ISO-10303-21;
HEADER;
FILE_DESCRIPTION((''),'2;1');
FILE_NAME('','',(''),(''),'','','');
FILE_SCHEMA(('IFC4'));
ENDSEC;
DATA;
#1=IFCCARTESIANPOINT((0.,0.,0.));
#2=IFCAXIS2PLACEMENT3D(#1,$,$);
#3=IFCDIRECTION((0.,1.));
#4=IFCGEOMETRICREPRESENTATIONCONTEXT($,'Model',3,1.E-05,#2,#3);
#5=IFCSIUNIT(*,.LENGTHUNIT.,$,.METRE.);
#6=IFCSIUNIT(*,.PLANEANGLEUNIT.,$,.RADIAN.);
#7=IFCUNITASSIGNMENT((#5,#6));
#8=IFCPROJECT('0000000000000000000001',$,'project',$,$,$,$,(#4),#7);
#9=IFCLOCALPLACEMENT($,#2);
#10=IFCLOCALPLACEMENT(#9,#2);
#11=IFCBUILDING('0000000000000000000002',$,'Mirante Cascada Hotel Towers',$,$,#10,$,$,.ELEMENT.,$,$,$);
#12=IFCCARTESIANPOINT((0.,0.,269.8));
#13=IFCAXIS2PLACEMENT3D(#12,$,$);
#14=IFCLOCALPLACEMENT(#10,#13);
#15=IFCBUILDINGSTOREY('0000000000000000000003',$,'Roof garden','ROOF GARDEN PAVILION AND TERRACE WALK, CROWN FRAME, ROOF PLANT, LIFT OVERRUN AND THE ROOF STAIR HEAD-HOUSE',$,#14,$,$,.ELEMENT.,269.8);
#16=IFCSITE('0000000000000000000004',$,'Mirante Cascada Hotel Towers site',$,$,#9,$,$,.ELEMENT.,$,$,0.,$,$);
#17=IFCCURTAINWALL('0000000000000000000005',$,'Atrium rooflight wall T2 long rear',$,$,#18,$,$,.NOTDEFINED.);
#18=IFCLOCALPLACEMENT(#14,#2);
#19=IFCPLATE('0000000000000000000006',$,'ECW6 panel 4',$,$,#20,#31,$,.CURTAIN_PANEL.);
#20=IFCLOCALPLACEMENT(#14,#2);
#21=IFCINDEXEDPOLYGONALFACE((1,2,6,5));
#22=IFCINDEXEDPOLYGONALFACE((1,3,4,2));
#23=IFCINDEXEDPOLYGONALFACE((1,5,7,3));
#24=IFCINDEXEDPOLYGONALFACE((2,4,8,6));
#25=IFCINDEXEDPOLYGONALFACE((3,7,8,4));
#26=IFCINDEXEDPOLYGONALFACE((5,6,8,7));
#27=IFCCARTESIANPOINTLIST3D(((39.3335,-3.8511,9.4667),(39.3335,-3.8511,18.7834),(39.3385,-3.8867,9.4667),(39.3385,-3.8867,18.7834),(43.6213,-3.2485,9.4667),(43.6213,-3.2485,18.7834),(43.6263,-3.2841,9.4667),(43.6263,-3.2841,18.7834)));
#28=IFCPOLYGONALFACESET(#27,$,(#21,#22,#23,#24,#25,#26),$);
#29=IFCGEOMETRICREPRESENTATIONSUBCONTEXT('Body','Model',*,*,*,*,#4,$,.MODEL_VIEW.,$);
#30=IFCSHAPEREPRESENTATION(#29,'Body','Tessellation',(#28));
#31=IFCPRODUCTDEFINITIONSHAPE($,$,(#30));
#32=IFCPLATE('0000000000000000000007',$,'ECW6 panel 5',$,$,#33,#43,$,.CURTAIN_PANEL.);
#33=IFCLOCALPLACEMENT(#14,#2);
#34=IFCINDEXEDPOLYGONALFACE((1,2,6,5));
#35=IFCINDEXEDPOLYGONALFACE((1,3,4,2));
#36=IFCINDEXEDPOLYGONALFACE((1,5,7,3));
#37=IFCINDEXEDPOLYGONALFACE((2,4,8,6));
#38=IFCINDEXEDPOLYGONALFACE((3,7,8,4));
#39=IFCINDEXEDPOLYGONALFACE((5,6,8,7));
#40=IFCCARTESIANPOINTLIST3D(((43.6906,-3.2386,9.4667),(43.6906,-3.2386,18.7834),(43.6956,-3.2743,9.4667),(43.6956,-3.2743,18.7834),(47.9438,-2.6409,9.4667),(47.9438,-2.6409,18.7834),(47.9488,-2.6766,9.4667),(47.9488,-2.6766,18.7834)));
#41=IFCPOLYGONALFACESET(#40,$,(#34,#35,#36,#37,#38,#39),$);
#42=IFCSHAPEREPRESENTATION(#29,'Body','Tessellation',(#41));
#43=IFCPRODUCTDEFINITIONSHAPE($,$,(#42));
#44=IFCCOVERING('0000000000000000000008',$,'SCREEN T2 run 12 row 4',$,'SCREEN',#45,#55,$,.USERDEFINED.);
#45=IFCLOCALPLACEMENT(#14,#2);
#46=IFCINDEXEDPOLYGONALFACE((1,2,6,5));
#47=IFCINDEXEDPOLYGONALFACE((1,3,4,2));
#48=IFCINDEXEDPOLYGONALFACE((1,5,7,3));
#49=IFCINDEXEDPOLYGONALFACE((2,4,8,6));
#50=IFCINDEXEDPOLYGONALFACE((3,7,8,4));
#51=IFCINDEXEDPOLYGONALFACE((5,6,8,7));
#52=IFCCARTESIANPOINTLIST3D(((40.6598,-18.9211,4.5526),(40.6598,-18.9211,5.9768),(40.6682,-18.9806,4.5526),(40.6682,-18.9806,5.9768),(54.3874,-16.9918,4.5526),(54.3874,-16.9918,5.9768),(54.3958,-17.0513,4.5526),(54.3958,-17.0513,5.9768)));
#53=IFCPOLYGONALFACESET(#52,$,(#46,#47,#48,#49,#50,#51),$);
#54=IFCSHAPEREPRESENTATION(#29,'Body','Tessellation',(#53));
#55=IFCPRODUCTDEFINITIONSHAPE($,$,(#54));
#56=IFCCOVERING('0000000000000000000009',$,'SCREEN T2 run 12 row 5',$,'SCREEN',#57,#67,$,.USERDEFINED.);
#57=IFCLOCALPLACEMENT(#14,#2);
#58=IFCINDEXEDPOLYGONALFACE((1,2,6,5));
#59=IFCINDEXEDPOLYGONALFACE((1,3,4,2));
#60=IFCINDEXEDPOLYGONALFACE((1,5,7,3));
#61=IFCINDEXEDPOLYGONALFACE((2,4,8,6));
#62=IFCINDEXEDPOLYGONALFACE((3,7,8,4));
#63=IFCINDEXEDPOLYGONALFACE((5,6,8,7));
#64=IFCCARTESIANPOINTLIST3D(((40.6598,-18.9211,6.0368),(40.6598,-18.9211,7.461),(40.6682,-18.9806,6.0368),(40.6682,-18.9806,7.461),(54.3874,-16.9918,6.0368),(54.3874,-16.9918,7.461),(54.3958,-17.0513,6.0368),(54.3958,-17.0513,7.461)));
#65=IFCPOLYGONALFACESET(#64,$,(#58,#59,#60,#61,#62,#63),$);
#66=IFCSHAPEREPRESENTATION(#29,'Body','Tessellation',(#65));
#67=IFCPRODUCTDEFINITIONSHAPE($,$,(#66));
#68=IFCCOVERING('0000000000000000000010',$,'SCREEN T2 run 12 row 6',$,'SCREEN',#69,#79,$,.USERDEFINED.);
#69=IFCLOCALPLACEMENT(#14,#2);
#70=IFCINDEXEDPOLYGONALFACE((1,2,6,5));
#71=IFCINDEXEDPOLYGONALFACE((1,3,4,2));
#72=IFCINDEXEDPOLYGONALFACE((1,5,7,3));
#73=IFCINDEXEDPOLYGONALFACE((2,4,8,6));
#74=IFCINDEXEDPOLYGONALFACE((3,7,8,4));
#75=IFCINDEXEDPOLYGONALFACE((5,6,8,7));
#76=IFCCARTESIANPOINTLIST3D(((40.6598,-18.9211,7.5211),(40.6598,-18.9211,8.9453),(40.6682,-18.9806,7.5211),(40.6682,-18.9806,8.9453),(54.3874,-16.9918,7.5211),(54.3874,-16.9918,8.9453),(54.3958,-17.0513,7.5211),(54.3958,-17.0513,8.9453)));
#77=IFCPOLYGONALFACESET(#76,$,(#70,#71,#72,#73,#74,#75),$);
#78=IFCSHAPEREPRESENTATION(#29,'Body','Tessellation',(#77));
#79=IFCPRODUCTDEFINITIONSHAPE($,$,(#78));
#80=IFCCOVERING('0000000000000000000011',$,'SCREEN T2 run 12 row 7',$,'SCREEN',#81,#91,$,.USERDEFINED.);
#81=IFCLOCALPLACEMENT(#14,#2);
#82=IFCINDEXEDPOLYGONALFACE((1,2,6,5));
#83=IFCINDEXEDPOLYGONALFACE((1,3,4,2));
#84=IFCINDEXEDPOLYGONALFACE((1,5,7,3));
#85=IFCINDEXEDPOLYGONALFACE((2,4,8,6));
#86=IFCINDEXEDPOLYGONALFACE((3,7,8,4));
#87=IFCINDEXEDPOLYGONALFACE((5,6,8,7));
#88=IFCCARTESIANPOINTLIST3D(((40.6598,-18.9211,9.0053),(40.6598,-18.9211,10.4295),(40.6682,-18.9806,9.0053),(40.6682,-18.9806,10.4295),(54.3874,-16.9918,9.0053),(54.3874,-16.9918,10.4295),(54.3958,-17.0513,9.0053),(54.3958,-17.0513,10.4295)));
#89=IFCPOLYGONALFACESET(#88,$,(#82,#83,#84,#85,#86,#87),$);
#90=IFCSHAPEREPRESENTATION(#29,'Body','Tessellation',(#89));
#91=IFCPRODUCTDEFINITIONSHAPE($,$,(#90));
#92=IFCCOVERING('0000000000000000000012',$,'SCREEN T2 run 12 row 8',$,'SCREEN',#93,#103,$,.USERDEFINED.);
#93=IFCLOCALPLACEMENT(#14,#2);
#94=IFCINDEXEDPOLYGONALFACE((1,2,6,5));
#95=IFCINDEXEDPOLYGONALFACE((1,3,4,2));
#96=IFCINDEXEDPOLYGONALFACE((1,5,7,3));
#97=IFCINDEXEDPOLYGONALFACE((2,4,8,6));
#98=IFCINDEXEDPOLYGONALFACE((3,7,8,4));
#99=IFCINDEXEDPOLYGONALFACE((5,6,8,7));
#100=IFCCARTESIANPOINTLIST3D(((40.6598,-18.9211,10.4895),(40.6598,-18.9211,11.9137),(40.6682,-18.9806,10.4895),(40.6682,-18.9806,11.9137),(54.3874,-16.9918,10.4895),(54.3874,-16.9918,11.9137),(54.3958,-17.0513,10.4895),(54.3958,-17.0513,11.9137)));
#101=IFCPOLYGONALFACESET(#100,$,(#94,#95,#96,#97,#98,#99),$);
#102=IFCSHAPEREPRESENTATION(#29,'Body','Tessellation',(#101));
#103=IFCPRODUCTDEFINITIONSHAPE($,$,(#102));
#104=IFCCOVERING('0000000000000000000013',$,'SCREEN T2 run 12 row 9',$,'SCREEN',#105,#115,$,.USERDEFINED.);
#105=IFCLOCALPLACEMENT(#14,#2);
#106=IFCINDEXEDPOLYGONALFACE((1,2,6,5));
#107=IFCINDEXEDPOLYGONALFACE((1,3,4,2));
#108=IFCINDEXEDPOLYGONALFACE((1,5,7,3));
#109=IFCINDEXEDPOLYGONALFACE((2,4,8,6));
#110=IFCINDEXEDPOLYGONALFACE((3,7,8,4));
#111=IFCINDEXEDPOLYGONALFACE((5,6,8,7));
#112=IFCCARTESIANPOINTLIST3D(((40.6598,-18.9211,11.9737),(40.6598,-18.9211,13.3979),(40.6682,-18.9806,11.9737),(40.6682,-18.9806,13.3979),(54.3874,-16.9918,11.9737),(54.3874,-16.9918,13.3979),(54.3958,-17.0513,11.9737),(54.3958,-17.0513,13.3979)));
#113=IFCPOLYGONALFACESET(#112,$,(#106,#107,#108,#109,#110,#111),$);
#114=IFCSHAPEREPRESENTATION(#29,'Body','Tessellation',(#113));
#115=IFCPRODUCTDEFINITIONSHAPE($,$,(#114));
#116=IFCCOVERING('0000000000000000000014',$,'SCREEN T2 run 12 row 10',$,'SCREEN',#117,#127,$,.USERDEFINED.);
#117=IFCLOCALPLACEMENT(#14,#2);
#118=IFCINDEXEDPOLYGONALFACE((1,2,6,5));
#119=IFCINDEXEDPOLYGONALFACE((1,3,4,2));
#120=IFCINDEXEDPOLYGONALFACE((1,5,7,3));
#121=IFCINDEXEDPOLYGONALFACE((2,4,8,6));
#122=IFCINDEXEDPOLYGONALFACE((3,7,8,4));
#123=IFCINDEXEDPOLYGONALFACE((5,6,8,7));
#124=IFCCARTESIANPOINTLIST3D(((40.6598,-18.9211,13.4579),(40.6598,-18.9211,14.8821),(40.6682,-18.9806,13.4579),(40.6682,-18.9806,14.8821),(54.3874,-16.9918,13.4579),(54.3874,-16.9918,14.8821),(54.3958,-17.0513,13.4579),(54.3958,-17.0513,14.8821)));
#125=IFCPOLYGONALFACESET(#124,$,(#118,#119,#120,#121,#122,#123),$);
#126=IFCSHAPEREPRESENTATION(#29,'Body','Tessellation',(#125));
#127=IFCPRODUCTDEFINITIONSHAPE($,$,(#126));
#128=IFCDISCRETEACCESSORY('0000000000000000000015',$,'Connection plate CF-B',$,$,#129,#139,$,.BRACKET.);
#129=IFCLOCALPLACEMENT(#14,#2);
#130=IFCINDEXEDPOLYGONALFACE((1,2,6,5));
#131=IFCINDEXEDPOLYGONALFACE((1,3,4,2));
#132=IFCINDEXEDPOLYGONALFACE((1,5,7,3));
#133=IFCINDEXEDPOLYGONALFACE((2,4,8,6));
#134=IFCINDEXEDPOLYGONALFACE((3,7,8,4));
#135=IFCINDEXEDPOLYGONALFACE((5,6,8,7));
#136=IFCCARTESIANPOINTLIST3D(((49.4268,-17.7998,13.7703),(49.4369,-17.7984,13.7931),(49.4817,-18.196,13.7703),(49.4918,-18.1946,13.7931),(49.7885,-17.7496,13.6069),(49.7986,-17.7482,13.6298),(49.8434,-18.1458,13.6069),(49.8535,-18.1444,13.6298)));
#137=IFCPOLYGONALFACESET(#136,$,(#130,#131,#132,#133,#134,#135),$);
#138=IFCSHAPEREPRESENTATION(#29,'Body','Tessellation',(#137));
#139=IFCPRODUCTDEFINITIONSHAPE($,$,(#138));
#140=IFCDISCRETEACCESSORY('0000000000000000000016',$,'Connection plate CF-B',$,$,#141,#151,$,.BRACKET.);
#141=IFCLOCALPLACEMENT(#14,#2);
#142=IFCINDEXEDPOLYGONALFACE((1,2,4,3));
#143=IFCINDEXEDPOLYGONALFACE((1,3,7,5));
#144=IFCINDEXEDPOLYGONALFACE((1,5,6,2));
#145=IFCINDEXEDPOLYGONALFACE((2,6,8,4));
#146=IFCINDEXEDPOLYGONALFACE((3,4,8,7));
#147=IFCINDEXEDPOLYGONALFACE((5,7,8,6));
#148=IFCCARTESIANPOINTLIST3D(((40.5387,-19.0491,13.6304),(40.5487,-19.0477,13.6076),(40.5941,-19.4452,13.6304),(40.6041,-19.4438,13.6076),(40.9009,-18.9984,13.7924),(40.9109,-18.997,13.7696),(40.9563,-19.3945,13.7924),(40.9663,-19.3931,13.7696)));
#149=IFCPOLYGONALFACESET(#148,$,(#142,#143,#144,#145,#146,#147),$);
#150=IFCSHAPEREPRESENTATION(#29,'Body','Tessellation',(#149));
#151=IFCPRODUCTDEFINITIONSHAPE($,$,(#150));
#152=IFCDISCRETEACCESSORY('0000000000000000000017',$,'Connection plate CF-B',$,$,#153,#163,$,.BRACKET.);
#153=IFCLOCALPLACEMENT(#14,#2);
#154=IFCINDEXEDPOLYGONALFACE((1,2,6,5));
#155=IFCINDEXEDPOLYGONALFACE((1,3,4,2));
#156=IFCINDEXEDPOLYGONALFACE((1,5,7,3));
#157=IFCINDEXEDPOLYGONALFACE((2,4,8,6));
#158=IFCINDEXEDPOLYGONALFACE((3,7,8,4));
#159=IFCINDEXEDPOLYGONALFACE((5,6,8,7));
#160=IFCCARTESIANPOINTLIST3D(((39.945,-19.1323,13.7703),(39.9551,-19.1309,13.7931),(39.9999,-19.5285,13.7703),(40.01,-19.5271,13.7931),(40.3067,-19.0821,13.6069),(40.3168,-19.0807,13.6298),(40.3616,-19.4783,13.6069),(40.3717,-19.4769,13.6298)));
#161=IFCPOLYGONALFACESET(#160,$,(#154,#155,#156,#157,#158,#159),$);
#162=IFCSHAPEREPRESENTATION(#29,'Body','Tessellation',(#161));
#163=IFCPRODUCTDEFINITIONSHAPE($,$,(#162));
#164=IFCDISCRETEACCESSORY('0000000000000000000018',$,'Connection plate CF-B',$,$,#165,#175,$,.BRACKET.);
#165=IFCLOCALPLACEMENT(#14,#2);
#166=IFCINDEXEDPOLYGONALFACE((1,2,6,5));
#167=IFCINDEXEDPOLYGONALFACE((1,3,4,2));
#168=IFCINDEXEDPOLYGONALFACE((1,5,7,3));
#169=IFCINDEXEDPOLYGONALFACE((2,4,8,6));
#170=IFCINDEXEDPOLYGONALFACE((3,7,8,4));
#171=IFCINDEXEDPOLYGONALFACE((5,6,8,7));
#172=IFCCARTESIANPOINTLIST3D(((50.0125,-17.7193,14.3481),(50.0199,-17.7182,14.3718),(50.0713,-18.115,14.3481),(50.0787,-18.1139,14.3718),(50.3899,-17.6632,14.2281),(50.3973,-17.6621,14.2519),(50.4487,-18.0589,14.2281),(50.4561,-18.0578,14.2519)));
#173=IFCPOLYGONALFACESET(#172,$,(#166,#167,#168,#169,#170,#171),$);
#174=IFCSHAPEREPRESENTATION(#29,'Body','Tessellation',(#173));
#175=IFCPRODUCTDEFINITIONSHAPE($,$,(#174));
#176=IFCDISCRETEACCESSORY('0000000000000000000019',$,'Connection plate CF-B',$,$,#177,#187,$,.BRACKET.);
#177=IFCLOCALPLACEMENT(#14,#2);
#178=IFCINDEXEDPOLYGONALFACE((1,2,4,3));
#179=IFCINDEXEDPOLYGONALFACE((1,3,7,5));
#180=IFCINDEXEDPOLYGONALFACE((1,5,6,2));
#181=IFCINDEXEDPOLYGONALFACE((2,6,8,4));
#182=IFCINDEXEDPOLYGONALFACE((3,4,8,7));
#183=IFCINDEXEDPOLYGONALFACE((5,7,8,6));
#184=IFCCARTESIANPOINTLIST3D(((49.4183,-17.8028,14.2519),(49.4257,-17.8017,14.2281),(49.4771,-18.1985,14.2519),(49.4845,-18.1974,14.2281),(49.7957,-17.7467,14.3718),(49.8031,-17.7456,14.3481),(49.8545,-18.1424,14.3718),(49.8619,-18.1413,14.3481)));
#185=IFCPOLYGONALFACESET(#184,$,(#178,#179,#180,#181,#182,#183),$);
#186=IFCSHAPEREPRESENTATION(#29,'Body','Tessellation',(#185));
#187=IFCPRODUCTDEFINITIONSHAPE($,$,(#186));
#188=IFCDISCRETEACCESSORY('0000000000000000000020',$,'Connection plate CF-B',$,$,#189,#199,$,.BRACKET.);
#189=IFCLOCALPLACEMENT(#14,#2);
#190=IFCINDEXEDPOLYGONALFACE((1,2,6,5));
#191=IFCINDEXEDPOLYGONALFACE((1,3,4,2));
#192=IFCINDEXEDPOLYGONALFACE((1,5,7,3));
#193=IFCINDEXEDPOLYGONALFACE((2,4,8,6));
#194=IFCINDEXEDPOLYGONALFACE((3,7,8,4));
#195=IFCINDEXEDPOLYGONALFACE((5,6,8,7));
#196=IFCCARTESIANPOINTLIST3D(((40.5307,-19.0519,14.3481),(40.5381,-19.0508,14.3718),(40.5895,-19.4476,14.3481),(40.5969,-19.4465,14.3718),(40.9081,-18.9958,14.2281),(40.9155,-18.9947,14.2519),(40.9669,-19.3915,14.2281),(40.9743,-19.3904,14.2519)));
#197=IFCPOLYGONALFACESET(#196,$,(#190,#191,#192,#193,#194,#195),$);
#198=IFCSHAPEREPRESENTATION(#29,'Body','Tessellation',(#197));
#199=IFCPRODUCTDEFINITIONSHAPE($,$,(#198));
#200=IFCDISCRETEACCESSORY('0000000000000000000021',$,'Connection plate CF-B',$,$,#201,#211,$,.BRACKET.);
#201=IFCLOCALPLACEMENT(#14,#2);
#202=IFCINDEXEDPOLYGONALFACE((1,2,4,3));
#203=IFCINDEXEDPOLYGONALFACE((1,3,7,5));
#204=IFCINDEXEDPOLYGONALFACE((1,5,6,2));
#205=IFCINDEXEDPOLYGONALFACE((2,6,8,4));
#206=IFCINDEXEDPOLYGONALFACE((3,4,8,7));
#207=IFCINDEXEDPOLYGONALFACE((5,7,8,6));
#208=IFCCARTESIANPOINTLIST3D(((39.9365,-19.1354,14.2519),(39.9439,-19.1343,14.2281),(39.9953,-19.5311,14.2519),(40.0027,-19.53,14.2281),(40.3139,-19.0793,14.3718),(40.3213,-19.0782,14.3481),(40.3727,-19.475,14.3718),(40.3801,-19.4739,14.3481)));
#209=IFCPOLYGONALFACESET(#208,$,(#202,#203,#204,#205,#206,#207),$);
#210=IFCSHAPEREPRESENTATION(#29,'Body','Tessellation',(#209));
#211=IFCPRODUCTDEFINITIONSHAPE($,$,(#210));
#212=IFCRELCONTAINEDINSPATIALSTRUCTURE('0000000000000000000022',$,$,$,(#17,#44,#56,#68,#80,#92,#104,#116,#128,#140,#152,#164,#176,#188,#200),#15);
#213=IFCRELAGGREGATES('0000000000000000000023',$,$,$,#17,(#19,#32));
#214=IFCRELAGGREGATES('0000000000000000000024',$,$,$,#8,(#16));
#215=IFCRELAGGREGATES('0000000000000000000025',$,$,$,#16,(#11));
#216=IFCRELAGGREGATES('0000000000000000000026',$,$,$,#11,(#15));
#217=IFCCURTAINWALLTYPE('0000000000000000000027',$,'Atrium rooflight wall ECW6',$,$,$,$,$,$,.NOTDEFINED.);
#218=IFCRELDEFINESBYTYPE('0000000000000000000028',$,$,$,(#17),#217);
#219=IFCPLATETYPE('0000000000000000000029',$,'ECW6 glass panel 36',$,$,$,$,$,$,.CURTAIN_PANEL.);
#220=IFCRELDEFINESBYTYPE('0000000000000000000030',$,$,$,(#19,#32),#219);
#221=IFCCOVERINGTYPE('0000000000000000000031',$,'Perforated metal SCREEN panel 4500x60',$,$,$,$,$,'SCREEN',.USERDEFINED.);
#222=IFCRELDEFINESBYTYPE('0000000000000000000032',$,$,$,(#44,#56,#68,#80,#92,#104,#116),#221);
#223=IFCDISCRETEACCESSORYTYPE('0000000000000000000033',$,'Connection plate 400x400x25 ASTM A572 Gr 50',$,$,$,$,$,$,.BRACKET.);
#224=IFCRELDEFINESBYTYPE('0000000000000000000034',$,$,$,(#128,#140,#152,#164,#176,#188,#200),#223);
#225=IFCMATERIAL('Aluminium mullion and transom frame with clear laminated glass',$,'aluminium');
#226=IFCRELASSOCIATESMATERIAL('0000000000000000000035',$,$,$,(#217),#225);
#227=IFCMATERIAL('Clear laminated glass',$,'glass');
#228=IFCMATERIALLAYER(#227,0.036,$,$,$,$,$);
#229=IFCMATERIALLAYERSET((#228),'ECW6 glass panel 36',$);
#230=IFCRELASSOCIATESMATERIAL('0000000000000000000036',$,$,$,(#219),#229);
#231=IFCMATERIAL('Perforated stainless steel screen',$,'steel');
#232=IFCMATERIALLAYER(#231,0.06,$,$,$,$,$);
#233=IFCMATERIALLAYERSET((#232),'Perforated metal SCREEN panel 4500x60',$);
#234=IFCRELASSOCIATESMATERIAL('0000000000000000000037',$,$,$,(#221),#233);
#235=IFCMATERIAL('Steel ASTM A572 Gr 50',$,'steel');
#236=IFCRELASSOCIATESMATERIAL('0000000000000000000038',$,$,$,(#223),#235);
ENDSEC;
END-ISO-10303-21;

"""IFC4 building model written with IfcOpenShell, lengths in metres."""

from ifc_helpers import new_model, si_unit, direction, frame, origin, origin_2d, place, context, subcontext, project, spatial, rectangle, extrude, material, layer, layer_set, material_profile, profile_set, type_object, element, aggregate, save


model = new_model("IFC4")

# Units and contexts
model_context = context("Model", 3, precision=1e-05, world=origin(), true_north=direction((0.0, 1.0)))
body_context = subcontext(model_context, "Body", "Model", "MODEL_VIEW")
ifc_project = project(units=[si_unit("LENGTHUNIT", "METRE"), si_unit("PLANEANGLEUNIT", "RADIAN")], contexts=[model_context])

# Site, building, storey
site_placement = place(None, origin())
site = spatial("IfcSite", under=ifc_project, at=site_placement, Name="Mirante Cascada Hotel Towers site", CompositionType="ELEMENT", RefElevation=0.0)
building_placement = place(site_placement, origin())
building = spatial("IfcBuilding", under=site, at=building_placement, Name="Mirante Cascada Hotel Towers", CompositionType="ELEMENT")
storey_placement = place(building_placement, frame((0.0, 0.0, 269.8)))
storey = spatial("IfcBuildingStorey", under=building, at=storey_placement, Name="Roof garden", Description="ROOF GARDEN PAVILION AND TERRACE WALK, CROWN FRAME, ROOF PLANT, LIFT OVERRUN AND THE ROOF STAIR HEAD-HOUSE", CompositionType="ELEMENT", Elevation=269.8)

# Curtain wall
ifc_material_1 = material(Name="Aluminium mullion and transom frame with clear laminated glass", Category="aluminium")
curtain_wall_type = type_object("IfcCurtainWallType", Name="Atrium rooflight wall ECW6", PredefinedType="NOTDEFINED", material=ifc_material_1)
curtain_wall_1_placement = place(storey_placement, origin())
curtain_wall_1 = element("IfcCurtainWall", 1, at=curtain_wall_1_placement, inside=storey, type_object=curtain_wall_type, Name="Atrium rooflight wall T2 long rear", PredefinedType="NOTDEFINED")

# Plates
ifc_material_2 = material(Name="Clear laminated glass", Category="glass")
ifc_layer_1 = layer(ifc_material_2, 0.036)
ifc_layer_set_1 = layer_set([ifc_layer_1], Name="ECW6 glass panel 36")
plate_type = type_object("IfcPlateType", Name="ECW6 glass panel 36", PredefinedType="CURTAIN_PANEL", material=ifc_layer_set_1)
plate_1_placement = place(storey_placement, frame((41.4799, -3.5676, 9.4667), z_axis=(0.0, 0.0, 1.0), x_axis=(0.990268, 0.139173, 0.0)))
plate_1 = element("IfcPlate", 2, at=plate_1_placement, type_object=plate_type, Name="ECW6 panel 4", PredefinedType="CURTAIN_PANEL", context=body_context, shape_type="SweptSolid", body=[
    extrude(rectangle(XDim=4.33, YDim=0.036, at=origin_2d()), origin(), (0.0, 0.0, 1.0), 9.3167),
])
plate_2_placement = place(storey_placement, frame((45.8197, -2.9576, 9.4667), z_axis=(0.0, 0.0, 1.0), x_axis=(0.990268, 0.139173, 0.0)))
plate_2 = element("IfcPlate", 3, at=plate_2_placement, type_object=plate_type, Name="ECW6 panel 5", PredefinedType="CURTAIN_PANEL", context=body_context, shape_type="SweptSolid", body=[
    extrude(rectangle(XDim=4.295, YDim=0.036, at=origin_2d()), origin(), (0.0, 0.0, 1.0), 9.3167),
])
aggregate(curtain_wall_1, [plate_1, plate_2])

# Coverings
ifc_material_3 = material(Name="Perforated stainless steel screen", Category="steel")
ifc_layer_2 = layer(ifc_material_3, 0.06)
ifc_layer_set_2 = layer_set([ifc_layer_2], Name="Perforated metal SCREEN panel 4500x60")
covering_type = type_object("IfcCoveringType", Name="Perforated metal SCREEN panel 4500x60", ElementType="SCREEN", PredefinedType="USERDEFINED", material=ifc_layer_set_2)
for number, where, z_axis, x_axis, name in (
    (4, (47.5278, -17.9862, 4.5526), (0.0, 0.0, 1.0), (-0.990268, -0.139173, 0.0), "SCREEN T2 run 12 row 4"),
    (5, (47.5278, -17.9862, 6.0368), (0.0, 0.0, 1.0), (-0.990268, -0.139173, 0.0), "SCREEN T2 run 12 row 5"),
    (6, (47.5278, -17.9862, 7.5211), (0.0, 0.0, 1.0), (-0.990268, -0.139173, 0.0), "SCREEN T2 run 12 row 6"),
    (7, (47.5278, -17.9862, 9.0053), (0.0, 0.0, 1.0), (-0.990268, -0.139173, 0.0), "SCREEN T2 run 12 row 7"),
    (8, (47.5278, -17.9862, 10.4895), (0.0, 0.0, 1.0), (-0.990268, -0.139173, 0.0), "SCREEN T2 run 12 row 8"),
    (9, (47.5278, -17.9862, 11.9737), (0.0, 0.0, 1.0), (-0.990268, -0.139173, 0.0), "SCREEN T2 run 12 row 9"),
    (10, (47.5278, -17.9862, 13.4579), (0.0, 0.0, 1.0), (-0.990268, -0.139173, 0.0), "SCREEN T2 run 12 row 10"),
):
    element("IfcCovering", number, at=place(storey_placement, frame(where, z_axis=z_axis, x_axis=x_axis)), inside=storey, type_object=covering_type, Name=name, ObjectType="SCREEN", PredefinedType="USERDEFINED", context=body_context, shape_type="SweptSolid", body=[
        extrude(rectangle(XDim=13.8625, YDim=0.06, at=origin_2d()), origin(), (0.0, 0.0, 1.0), 1.4242),
    ])

# Discrete accessories
ifc_material_4 = material(Name="Steel ASTM A572 Gr 50", Category="steel")
ifc_material_profile_1 = material_profile(ifc_material_4, rectangle(XDim=0.4, YDim=0.4, at=origin_2d()), Name="Connection plate 400x400x25 ASTM A572 Gr 50")
ifc_profile_set_1 = profile_set([ifc_material_profile_1], Name="Steel ASTM A572 Gr 50")
discrete_accessory_type = type_object("IfcDiscreteAccessoryType", Name="Connection plate 400x400x25 ASTM A572 Gr 50", PredefinedType="BRACKET", material=ifc_profile_set_1)
discrete_accessory_1_placement = place(storey_placement, frame((49.6351, -17.9728, 13.6886), z_axis=(0.404385, 0.056053, 0.91287), x_axis=(-0.137301, 0.990529, 0.0)))
element("IfcDiscreteAccessory", 11, at=discrete_accessory_1_placement, inside=storey, type_object=discrete_accessory_type, Name="Connection plate CF-B", PredefinedType="BRACKET", context=body_context, shape_type="SweptSolid", body=[
    extrude(rectangle(XDim=0.4, YDim=0.4, at=origin_2d()), origin(), (0.0, 0.0, 1.0), 0.025),
])
discrete_accessory_2_placement = place(storey_placement, frame((40.7575, -19.2204, 13.6886), z_axis=(-0.401028, -0.056144, 0.914344), x_axis=(0.138648, -0.990342, 0.0)))
element("IfcDiscreteAccessory", 12, at=discrete_accessory_2_placement, inside=storey, type_object=discrete_accessory_type, Name="Connection plate CF-B", PredefinedType="BRACKET", context=body_context, shape_type="SweptSolid", body=[
    extrude(rectangle(XDim=0.4, YDim=0.4, at=origin_2d()), origin(), (0.0, 0.0, 1.0), 0.0249),
])
discrete_accessory_3_placement = place(storey_placement, frame((40.1533, -19.3053, 13.6886), z_axis=(0.404385, 0.056053, 0.91287), x_axis=(-0.137301, 0.990529, 0.0)))
element("IfcDiscreteAccessory", 13, at=discrete_accessory_3_placement, inside=storey, type_object=discrete_accessory_type, Name="Connection plate CF-B", PredefinedType="BRACKET", context=body_context, shape_type="SweptSolid", body=[
    extrude(rectangle(XDim=0.4, YDim=0.4, at=origin_2d()), origin(), (0.0, 0.0, 1.0), 0.025),
])
for number, where, z_axis, x_axis, name in (
    (14, (50.2306, -17.8891, 14.2881), (0.296615, 0.044091, 0.953979), (-0.147033, 0.989132, 0.0), "Connection plate CF-B"),
    (15, (49.6438, -17.9715, 14.2881), (-0.296615, -0.044091, 0.953979), (0.147033, -0.989132, 0.0), "Connection plate CF-B"),
    (16, (40.7488, -19.2217, 14.2881), (0.296615, 0.044091, 0.953979), (-0.147033, 0.989132, 0.0), "Connection plate CF-B"),
    (17, (40.162, -19.3041, 14.2881), (-0.296615, -0.044091, 0.953979), (0.147033, -0.989132, 0.0), "Connection plate CF-B"),
):
    element("IfcDiscreteAccessory", number, at=place(storey_placement, frame(where, z_axis=z_axis, x_axis=x_axis)), inside=storey, type_object=discrete_accessory_type, Name=name, PredefinedType="BRACKET", context=body_context, shape_type="SweptSolid", body=[
        extrude(rectangle(XDim=0.4, YDim=0.4, at=origin_2d()), origin(), (0.0, 0.0, 1.0), 0.0249),
    ])

save(model, "model.ifc")
